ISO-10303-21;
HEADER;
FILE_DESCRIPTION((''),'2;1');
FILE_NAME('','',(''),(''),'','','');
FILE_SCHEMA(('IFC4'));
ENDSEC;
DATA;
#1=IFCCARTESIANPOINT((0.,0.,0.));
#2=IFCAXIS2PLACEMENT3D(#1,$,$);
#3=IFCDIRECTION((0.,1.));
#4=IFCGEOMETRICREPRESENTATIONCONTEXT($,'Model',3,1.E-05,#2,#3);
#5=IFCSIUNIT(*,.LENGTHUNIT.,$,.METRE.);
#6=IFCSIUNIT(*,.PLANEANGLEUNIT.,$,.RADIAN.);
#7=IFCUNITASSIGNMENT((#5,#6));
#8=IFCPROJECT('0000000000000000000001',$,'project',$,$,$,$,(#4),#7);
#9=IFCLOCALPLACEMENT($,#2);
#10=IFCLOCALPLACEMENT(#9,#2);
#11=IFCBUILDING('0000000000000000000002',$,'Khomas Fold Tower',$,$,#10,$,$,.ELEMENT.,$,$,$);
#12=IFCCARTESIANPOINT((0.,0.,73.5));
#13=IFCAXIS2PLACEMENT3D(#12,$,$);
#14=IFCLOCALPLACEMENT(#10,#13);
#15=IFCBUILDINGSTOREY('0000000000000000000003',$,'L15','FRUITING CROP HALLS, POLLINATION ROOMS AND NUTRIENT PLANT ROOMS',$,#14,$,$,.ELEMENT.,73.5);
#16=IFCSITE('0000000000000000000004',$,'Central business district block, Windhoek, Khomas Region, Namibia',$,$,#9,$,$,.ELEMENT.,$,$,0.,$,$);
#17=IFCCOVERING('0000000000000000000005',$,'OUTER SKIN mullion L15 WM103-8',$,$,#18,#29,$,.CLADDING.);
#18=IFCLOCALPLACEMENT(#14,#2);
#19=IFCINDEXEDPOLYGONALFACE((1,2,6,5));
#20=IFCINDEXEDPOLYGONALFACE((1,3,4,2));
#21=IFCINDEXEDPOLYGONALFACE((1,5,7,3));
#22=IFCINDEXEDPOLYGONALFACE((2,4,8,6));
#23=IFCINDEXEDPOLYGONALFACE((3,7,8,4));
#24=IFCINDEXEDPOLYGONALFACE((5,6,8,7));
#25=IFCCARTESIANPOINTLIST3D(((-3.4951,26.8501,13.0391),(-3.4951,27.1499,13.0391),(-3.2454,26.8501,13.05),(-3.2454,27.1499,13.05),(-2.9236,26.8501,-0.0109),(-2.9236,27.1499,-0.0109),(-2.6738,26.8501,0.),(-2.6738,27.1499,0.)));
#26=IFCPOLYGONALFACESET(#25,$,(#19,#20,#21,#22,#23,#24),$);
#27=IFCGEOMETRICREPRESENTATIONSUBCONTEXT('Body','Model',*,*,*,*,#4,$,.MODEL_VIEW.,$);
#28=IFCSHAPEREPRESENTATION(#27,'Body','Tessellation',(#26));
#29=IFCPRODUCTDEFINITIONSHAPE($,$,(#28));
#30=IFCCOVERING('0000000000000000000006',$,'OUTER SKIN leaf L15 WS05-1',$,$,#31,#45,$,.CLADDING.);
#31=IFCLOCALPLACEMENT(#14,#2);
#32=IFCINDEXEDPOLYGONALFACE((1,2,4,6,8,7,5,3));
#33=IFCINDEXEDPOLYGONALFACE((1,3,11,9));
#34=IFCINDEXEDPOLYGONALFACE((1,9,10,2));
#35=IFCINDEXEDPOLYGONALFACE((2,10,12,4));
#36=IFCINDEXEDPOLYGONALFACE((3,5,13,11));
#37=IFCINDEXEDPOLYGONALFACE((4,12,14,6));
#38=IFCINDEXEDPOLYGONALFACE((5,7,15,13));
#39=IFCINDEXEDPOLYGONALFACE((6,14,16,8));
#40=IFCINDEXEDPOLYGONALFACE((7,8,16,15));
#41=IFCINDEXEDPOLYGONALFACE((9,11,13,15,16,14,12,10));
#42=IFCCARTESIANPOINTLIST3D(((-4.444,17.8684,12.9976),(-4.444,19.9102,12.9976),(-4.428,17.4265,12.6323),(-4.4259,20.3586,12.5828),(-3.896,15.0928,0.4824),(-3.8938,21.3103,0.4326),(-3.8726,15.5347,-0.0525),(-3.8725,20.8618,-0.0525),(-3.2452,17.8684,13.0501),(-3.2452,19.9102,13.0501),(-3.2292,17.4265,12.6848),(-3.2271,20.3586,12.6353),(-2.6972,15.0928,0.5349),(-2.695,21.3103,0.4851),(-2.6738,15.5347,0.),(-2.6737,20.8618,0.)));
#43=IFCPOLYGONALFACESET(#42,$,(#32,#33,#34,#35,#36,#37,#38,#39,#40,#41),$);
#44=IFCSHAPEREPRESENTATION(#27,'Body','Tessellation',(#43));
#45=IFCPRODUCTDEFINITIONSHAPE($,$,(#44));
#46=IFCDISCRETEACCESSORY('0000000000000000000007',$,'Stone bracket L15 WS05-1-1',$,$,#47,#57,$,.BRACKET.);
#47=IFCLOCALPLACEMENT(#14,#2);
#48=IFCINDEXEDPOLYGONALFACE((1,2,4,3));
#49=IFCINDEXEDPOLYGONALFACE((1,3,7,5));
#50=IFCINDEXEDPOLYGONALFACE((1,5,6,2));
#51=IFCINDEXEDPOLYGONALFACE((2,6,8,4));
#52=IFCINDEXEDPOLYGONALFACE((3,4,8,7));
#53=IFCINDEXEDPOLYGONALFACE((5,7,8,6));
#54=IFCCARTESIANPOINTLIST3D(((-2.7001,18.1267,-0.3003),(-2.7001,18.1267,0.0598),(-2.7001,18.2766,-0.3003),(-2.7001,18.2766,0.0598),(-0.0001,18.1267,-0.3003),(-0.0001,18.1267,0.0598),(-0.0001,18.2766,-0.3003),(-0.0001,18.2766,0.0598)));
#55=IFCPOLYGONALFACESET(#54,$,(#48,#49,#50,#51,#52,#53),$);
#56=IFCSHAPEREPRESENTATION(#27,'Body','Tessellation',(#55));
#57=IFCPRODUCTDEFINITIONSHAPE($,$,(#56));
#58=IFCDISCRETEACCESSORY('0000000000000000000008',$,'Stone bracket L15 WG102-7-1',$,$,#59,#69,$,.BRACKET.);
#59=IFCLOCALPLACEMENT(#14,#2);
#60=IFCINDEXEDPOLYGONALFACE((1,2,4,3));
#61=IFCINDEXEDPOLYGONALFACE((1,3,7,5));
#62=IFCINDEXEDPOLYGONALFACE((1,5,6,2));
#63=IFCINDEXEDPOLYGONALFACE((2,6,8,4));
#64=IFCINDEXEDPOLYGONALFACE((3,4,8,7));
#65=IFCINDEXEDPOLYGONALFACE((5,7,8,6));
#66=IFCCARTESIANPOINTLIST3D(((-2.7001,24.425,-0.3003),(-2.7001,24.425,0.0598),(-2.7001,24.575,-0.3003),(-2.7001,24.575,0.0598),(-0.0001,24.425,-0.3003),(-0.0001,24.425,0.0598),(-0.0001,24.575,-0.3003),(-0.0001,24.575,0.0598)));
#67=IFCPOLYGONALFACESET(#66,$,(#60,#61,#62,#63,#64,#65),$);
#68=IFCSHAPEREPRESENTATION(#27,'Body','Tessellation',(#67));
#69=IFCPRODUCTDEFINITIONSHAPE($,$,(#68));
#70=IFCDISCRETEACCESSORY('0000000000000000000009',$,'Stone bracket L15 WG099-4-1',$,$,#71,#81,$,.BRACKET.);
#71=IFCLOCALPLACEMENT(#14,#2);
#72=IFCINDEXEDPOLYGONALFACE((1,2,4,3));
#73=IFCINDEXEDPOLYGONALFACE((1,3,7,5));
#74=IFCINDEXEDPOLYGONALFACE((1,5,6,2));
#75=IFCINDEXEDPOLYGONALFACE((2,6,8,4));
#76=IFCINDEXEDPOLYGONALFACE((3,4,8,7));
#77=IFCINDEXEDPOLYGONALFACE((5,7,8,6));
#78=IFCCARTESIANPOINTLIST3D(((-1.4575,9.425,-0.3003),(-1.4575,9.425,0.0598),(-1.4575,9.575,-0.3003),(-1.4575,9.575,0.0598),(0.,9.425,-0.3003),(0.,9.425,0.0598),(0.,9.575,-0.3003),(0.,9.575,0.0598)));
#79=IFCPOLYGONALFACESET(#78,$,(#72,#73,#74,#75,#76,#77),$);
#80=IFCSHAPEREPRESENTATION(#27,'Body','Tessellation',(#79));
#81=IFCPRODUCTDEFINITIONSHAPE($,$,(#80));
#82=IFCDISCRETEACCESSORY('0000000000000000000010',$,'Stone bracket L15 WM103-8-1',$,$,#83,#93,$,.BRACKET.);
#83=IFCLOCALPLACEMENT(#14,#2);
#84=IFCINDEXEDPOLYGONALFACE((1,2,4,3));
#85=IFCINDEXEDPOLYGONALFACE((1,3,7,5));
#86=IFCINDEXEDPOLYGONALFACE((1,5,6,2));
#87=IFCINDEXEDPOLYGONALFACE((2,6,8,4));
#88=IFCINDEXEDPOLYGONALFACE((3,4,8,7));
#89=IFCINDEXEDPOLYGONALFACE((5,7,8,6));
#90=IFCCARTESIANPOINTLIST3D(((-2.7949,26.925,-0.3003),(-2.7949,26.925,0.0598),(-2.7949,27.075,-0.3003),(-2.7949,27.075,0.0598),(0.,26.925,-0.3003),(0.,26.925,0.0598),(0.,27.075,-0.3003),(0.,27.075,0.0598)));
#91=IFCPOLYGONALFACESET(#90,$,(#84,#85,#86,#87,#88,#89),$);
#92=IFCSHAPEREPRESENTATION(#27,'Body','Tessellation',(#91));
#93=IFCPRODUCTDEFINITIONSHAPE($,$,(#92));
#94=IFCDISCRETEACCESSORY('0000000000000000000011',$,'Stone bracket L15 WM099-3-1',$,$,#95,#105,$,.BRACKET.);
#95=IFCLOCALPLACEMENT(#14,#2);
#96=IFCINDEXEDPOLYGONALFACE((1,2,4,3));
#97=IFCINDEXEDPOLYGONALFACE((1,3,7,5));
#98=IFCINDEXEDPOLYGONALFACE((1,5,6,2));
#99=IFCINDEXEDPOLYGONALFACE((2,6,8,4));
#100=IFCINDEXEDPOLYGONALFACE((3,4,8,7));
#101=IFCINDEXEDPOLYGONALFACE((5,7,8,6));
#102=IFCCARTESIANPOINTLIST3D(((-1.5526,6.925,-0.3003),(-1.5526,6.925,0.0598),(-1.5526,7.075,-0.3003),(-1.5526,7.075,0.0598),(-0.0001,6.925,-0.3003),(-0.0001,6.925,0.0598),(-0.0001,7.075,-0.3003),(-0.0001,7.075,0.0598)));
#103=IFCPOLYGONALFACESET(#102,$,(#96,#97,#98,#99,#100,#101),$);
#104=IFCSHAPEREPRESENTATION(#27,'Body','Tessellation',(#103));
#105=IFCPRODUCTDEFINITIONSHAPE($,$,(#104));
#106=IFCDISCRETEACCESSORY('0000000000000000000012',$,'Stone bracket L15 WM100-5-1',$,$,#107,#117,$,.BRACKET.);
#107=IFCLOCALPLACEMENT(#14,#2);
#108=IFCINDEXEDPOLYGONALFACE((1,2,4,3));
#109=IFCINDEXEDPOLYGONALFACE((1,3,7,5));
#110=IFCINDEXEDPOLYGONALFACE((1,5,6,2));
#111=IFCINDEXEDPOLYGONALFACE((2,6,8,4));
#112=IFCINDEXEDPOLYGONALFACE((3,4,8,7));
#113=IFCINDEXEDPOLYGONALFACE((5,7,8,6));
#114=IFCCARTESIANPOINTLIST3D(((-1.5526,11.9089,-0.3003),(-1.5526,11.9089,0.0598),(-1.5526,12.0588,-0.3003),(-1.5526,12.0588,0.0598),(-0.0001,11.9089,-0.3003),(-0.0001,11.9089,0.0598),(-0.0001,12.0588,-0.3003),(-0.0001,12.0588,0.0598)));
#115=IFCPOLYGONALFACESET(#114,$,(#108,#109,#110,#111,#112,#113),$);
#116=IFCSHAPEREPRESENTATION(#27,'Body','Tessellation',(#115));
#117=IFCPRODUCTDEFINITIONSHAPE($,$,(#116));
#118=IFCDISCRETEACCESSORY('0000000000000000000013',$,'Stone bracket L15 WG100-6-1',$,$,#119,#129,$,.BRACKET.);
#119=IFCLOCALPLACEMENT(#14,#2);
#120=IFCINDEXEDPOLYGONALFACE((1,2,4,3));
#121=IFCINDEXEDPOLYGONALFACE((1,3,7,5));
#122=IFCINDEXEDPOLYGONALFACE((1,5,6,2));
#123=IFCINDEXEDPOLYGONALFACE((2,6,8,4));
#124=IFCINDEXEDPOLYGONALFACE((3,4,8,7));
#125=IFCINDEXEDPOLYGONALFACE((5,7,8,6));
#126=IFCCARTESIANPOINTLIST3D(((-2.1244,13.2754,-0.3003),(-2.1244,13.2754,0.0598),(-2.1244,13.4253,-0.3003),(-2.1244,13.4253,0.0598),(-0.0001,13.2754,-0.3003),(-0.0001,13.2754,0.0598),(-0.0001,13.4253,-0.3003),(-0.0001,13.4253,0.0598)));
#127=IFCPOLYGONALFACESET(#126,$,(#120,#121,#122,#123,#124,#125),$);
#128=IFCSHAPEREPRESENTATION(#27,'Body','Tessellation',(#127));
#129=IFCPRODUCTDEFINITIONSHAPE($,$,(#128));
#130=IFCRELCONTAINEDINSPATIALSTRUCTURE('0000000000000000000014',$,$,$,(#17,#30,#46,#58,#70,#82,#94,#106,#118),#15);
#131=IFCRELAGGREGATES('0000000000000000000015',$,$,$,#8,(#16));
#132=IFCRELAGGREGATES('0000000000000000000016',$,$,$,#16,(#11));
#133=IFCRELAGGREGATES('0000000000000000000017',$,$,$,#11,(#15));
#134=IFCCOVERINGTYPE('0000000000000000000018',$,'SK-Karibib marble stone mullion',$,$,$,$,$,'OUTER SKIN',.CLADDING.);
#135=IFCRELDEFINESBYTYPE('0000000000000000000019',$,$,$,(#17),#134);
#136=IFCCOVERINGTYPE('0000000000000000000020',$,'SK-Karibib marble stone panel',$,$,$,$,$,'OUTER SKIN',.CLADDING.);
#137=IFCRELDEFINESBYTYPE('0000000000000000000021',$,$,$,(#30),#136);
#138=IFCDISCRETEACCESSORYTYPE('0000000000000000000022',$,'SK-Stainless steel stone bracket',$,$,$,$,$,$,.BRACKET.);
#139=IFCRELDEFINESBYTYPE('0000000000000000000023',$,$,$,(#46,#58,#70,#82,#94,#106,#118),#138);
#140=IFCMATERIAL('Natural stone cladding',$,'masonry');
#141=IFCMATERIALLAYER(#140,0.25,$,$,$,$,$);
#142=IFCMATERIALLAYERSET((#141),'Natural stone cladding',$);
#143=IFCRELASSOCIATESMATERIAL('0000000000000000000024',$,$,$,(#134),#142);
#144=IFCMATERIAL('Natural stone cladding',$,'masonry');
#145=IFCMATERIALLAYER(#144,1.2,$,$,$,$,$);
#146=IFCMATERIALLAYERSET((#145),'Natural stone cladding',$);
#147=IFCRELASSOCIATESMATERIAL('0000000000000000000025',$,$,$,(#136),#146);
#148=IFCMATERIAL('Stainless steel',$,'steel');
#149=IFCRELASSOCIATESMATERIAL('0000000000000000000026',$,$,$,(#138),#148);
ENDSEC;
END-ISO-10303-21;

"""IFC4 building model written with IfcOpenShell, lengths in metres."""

from ifc_helpers import new_model, si_unit, direction, frame, origin, origin_2d, place, context, subcontext, project, spatial, polyline, rectangle, outline, extrude, source, transform, mapped, material, layer, layer_set, type_object, element, save


model = new_model("IFC4")

# Units and contexts
model_context = context("Model", 3, precision=1e-05, world=origin(), true_north=direction((0.0, 1.0)))
body_context = subcontext(model_context, "Body", "Model", "MODEL_VIEW")
ifc_project = project(units=[si_unit("LENGTHUNIT", "METRE"), si_unit("PLANEANGLEUNIT", "RADIAN")], contexts=[model_context])

# Site, building, storey
site_placement = place(None, origin())
site = spatial("IfcSite", under=ifc_project, at=site_placement, Name="Central business district block, Windhoek, Khomas Region, Namibia", CompositionType="ELEMENT", RefElevation=0.0)
building_placement = place(site_placement, origin())
building = spatial("IfcBuilding", under=site, at=building_placement, Name="Khomas Fold Tower", CompositionType="ELEMENT")
storey_placement = place(building_placement, frame((0.0, 0.0, 73.5)))
storey = spatial("IfcBuildingStorey", under=building, at=storey_placement, Name="L15", Description="FRUITING CROP HALLS, POLLINATION ROOMS AND NUTRIENT PLANT ROOMS", CompositionType="ELEMENT", Elevation=73.5)

# Coverings
ifc_material_1 = material(Name="Natural stone cladding", Category="masonry")
ifc_layer_1 = layer(ifc_material_1, 0.25)
ifc_layer_set_1 = layer_set([ifc_layer_1], Name="Natural stone cladding")
covering_type_1 = type_object("IfcCoveringType", Name="SK-Karibib marble stone mullion", ElementType="OUTER SKIN", PredefinedType="CLADDING", material=ifc_layer_set_1)
covering_1_placement = place(storey_placement, frame((-2.6738, 26.8501, 0.0), z_axis=(0.999042, 0.0, 0.043754), x_axis=(-0.043754, 0.0, 0.999042)))
element("IfcCovering", 1, at=covering_1_placement, inside=storey, type_object=covering_type_1, Name="OUTER SKIN mullion L15 WM103-8", PredefinedType="CLADDING", context=body_context, shape_type="SweptSolid", body=[
    extrude(outline(polyline([(0.0, 0.0), (13.0626, 0.0), (13.0626, -0.2998), (0.0, -0.2998), (0.0, 0.0)])), origin(), (0.0, 0.0, -1.0), 0.25),
])
ifc_material_2 = material(Name="Natural stone cladding", Category="masonry")
ifc_layer_2 = layer(ifc_material_2, 1.2)
ifc_layer_set_2 = layer_set([ifc_layer_2], Name="Natural stone cladding")
covering_type_2 = type_object("IfcCoveringType", Name="SK-Karibib marble stone panel", ElementType="OUTER SKIN", PredefinedType="CLADDING", material=ifc_layer_set_2)
covering_2_placement = place(storey_placement, frame((-3.2271, 20.3586, 12.6353), z_axis=(0.999043, -0.000005, 0.043749), x_axis=(0.043616, 0.078012, -0.995998)))
element("IfcCovering", 2, at=covering_2_placement, inside=storey, type_object=covering_type_2, Name="OUTER SKIN leaf L15 WS05-1", PredefinedType="CLADDING", context=body_context, shape_type="SweptSolid", body=[
    extrude(outline(polyline([(0.0, 0.0), (12.199, 0.0), (12.6481, -0.485), (12.2325, -5.7959), (11.6642, -6.1947), (-0.2782, -2.9193), (-0.6082, -2.4503), (-0.4489, -0.4147), (0.0, 0.0)])), origin(), (0.0, 0.0, -1.0), 1.2),
])

# Discrete accessories
ifc_material_3 = material(Name="Stainless steel", Category="steel")
discrete_accessory_type = type_object("IfcDiscreteAccessoryType", Name="SK-Stainless steel stone bracket", PredefinedType="BRACKET", material=ifc_material_3)
shared_shape_1 = source(origin(), body_context, "Body", "SweptSolid", [
    extrude(rectangle(XDim=2.7, YDim=0.1499, at=origin_2d()), origin(), (0.0, 0.0, 1.0), 0.3601),
])
for number, where, z_axis, x_axis, name in (
    (3, (-1.3501, 18.2017, -0.3003), (0.0, 0.0, 1.0), (-1.0, 0.0, 0.0), "Stone bracket L15 WS05-1-1"),
    (4, (-1.3501, 24.5, -0.3003), (0.0, 0.0, 1.0), (-1.0, 0.0, 0.0), "Stone bracket L15 WG102-7-1"),
):
    element("IfcDiscreteAccessory", number, at=place(storey_placement, frame(where, z_axis=z_axis, x_axis=x_axis)), inside=storey, type_object=discrete_accessory_type, Name=name, PredefinedType="BRACKET", context=body_context, shape_type="MappedRepresentation", body=[
        mapped(shared_shape_1, transform((0.0, 0.0, 0.0))),
    ])
shared_shape_2 = source(origin(), body_context, "Body", "SweptSolid", [
    extrude(rectangle(XDim=1.4575, YDim=0.1499, at=origin_2d()), origin(), (0.0, 0.0, 1.0), 0.3601),
])
discrete_accessory_1_placement = place(storey_placement, frame((-0.7288, 9.5, -0.3003), z_axis=(0.0, 0.0, 1.0), x_axis=(-1.0, 0.0, 0.0)))
element("IfcDiscreteAccessory", 5, at=discrete_accessory_1_placement, inside=storey, type_object=discrete_accessory_type, Name="Stone bracket L15 WG099-4-1", PredefinedType="BRACKET", context=body_context, shape_type="MappedRepresentation", body=[
    mapped(shared_shape_2, transform((0.0, 0.0, 0.0))),
])
shared_shape_3 = source(origin(), body_context, "Body", "SweptSolid", [
    extrude(rectangle(XDim=2.7949, YDim=0.1499, at=origin_2d()), origin(), (0.0, 0.0, 1.0), 0.3601),
])
discrete_accessory_2_placement = place(storey_placement, frame((-1.3975, 27.0, -0.3003), z_axis=(0.0, 0.0, 1.0), x_axis=(-1.0, 0.0, 0.0)))
element("IfcDiscreteAccessory", 6, at=discrete_accessory_2_placement, inside=storey, type_object=discrete_accessory_type, Name="Stone bracket L15 WM103-8-1", PredefinedType="BRACKET", context=body_context, shape_type="MappedRepresentation", body=[
    mapped(shared_shape_3, transform((0.0, 0.0, 0.0))),
])
shared_shape_4 = source(origin(), body_context, "Body", "SweptSolid", [
    extrude(rectangle(XDim=1.5525, YDim=0.1499, at=origin_2d()), origin(), (0.0, 0.0, 1.0), 0.3601),
])
for number, where, z_axis, x_axis, name in (
    (7, (-0.7764, 7.0, -0.3003), (0.0, 0.0, 1.0), (-1.0, 0.0, 0.0), "Stone bracket L15 WM099-3-1"),
    (8, (-0.7764, 11.9839, -0.3003), (0.0, 0.0, 1.0), (-1.0, 0.0, 0.0), "Stone bracket L15 WM100-5-1"),
):
    element("IfcDiscreteAccessory", number, at=place(storey_placement, frame(where, z_axis=z_axis, x_axis=x_axis)), inside=storey, type_object=discrete_accessory_type, Name=name, PredefinedType="BRACKET", context=body_context, shape_type="MappedRepresentation", body=[
        mapped(shared_shape_4, transform((0.0, 0.0, 0.0))),
    ])
shared_shape_5 = source(origin(), body_context, "Body", "SweptSolid", [
    extrude(rectangle(XDim=2.1243, YDim=0.1499, at=origin_2d()), origin(), (0.0, 0.0, 1.0), 0.3601),
])
discrete_accessory_3_placement = place(storey_placement, frame((-1.0623, 13.3503, -0.3003), z_axis=(0.0, 0.0, 1.0), x_axis=(-1.0, 0.0, 0.0)))
element("IfcDiscreteAccessory", 9, at=discrete_accessory_3_placement, inside=storey, type_object=discrete_accessory_type, Name="Stone bracket L15 WG100-6-1", PredefinedType="BRACKET", context=body_context, shape_type="MappedRepresentation", body=[
    mapped(shared_shape_5, transform((0.0, 0.0, 0.0))),
])

save(model, "model.ifc")
